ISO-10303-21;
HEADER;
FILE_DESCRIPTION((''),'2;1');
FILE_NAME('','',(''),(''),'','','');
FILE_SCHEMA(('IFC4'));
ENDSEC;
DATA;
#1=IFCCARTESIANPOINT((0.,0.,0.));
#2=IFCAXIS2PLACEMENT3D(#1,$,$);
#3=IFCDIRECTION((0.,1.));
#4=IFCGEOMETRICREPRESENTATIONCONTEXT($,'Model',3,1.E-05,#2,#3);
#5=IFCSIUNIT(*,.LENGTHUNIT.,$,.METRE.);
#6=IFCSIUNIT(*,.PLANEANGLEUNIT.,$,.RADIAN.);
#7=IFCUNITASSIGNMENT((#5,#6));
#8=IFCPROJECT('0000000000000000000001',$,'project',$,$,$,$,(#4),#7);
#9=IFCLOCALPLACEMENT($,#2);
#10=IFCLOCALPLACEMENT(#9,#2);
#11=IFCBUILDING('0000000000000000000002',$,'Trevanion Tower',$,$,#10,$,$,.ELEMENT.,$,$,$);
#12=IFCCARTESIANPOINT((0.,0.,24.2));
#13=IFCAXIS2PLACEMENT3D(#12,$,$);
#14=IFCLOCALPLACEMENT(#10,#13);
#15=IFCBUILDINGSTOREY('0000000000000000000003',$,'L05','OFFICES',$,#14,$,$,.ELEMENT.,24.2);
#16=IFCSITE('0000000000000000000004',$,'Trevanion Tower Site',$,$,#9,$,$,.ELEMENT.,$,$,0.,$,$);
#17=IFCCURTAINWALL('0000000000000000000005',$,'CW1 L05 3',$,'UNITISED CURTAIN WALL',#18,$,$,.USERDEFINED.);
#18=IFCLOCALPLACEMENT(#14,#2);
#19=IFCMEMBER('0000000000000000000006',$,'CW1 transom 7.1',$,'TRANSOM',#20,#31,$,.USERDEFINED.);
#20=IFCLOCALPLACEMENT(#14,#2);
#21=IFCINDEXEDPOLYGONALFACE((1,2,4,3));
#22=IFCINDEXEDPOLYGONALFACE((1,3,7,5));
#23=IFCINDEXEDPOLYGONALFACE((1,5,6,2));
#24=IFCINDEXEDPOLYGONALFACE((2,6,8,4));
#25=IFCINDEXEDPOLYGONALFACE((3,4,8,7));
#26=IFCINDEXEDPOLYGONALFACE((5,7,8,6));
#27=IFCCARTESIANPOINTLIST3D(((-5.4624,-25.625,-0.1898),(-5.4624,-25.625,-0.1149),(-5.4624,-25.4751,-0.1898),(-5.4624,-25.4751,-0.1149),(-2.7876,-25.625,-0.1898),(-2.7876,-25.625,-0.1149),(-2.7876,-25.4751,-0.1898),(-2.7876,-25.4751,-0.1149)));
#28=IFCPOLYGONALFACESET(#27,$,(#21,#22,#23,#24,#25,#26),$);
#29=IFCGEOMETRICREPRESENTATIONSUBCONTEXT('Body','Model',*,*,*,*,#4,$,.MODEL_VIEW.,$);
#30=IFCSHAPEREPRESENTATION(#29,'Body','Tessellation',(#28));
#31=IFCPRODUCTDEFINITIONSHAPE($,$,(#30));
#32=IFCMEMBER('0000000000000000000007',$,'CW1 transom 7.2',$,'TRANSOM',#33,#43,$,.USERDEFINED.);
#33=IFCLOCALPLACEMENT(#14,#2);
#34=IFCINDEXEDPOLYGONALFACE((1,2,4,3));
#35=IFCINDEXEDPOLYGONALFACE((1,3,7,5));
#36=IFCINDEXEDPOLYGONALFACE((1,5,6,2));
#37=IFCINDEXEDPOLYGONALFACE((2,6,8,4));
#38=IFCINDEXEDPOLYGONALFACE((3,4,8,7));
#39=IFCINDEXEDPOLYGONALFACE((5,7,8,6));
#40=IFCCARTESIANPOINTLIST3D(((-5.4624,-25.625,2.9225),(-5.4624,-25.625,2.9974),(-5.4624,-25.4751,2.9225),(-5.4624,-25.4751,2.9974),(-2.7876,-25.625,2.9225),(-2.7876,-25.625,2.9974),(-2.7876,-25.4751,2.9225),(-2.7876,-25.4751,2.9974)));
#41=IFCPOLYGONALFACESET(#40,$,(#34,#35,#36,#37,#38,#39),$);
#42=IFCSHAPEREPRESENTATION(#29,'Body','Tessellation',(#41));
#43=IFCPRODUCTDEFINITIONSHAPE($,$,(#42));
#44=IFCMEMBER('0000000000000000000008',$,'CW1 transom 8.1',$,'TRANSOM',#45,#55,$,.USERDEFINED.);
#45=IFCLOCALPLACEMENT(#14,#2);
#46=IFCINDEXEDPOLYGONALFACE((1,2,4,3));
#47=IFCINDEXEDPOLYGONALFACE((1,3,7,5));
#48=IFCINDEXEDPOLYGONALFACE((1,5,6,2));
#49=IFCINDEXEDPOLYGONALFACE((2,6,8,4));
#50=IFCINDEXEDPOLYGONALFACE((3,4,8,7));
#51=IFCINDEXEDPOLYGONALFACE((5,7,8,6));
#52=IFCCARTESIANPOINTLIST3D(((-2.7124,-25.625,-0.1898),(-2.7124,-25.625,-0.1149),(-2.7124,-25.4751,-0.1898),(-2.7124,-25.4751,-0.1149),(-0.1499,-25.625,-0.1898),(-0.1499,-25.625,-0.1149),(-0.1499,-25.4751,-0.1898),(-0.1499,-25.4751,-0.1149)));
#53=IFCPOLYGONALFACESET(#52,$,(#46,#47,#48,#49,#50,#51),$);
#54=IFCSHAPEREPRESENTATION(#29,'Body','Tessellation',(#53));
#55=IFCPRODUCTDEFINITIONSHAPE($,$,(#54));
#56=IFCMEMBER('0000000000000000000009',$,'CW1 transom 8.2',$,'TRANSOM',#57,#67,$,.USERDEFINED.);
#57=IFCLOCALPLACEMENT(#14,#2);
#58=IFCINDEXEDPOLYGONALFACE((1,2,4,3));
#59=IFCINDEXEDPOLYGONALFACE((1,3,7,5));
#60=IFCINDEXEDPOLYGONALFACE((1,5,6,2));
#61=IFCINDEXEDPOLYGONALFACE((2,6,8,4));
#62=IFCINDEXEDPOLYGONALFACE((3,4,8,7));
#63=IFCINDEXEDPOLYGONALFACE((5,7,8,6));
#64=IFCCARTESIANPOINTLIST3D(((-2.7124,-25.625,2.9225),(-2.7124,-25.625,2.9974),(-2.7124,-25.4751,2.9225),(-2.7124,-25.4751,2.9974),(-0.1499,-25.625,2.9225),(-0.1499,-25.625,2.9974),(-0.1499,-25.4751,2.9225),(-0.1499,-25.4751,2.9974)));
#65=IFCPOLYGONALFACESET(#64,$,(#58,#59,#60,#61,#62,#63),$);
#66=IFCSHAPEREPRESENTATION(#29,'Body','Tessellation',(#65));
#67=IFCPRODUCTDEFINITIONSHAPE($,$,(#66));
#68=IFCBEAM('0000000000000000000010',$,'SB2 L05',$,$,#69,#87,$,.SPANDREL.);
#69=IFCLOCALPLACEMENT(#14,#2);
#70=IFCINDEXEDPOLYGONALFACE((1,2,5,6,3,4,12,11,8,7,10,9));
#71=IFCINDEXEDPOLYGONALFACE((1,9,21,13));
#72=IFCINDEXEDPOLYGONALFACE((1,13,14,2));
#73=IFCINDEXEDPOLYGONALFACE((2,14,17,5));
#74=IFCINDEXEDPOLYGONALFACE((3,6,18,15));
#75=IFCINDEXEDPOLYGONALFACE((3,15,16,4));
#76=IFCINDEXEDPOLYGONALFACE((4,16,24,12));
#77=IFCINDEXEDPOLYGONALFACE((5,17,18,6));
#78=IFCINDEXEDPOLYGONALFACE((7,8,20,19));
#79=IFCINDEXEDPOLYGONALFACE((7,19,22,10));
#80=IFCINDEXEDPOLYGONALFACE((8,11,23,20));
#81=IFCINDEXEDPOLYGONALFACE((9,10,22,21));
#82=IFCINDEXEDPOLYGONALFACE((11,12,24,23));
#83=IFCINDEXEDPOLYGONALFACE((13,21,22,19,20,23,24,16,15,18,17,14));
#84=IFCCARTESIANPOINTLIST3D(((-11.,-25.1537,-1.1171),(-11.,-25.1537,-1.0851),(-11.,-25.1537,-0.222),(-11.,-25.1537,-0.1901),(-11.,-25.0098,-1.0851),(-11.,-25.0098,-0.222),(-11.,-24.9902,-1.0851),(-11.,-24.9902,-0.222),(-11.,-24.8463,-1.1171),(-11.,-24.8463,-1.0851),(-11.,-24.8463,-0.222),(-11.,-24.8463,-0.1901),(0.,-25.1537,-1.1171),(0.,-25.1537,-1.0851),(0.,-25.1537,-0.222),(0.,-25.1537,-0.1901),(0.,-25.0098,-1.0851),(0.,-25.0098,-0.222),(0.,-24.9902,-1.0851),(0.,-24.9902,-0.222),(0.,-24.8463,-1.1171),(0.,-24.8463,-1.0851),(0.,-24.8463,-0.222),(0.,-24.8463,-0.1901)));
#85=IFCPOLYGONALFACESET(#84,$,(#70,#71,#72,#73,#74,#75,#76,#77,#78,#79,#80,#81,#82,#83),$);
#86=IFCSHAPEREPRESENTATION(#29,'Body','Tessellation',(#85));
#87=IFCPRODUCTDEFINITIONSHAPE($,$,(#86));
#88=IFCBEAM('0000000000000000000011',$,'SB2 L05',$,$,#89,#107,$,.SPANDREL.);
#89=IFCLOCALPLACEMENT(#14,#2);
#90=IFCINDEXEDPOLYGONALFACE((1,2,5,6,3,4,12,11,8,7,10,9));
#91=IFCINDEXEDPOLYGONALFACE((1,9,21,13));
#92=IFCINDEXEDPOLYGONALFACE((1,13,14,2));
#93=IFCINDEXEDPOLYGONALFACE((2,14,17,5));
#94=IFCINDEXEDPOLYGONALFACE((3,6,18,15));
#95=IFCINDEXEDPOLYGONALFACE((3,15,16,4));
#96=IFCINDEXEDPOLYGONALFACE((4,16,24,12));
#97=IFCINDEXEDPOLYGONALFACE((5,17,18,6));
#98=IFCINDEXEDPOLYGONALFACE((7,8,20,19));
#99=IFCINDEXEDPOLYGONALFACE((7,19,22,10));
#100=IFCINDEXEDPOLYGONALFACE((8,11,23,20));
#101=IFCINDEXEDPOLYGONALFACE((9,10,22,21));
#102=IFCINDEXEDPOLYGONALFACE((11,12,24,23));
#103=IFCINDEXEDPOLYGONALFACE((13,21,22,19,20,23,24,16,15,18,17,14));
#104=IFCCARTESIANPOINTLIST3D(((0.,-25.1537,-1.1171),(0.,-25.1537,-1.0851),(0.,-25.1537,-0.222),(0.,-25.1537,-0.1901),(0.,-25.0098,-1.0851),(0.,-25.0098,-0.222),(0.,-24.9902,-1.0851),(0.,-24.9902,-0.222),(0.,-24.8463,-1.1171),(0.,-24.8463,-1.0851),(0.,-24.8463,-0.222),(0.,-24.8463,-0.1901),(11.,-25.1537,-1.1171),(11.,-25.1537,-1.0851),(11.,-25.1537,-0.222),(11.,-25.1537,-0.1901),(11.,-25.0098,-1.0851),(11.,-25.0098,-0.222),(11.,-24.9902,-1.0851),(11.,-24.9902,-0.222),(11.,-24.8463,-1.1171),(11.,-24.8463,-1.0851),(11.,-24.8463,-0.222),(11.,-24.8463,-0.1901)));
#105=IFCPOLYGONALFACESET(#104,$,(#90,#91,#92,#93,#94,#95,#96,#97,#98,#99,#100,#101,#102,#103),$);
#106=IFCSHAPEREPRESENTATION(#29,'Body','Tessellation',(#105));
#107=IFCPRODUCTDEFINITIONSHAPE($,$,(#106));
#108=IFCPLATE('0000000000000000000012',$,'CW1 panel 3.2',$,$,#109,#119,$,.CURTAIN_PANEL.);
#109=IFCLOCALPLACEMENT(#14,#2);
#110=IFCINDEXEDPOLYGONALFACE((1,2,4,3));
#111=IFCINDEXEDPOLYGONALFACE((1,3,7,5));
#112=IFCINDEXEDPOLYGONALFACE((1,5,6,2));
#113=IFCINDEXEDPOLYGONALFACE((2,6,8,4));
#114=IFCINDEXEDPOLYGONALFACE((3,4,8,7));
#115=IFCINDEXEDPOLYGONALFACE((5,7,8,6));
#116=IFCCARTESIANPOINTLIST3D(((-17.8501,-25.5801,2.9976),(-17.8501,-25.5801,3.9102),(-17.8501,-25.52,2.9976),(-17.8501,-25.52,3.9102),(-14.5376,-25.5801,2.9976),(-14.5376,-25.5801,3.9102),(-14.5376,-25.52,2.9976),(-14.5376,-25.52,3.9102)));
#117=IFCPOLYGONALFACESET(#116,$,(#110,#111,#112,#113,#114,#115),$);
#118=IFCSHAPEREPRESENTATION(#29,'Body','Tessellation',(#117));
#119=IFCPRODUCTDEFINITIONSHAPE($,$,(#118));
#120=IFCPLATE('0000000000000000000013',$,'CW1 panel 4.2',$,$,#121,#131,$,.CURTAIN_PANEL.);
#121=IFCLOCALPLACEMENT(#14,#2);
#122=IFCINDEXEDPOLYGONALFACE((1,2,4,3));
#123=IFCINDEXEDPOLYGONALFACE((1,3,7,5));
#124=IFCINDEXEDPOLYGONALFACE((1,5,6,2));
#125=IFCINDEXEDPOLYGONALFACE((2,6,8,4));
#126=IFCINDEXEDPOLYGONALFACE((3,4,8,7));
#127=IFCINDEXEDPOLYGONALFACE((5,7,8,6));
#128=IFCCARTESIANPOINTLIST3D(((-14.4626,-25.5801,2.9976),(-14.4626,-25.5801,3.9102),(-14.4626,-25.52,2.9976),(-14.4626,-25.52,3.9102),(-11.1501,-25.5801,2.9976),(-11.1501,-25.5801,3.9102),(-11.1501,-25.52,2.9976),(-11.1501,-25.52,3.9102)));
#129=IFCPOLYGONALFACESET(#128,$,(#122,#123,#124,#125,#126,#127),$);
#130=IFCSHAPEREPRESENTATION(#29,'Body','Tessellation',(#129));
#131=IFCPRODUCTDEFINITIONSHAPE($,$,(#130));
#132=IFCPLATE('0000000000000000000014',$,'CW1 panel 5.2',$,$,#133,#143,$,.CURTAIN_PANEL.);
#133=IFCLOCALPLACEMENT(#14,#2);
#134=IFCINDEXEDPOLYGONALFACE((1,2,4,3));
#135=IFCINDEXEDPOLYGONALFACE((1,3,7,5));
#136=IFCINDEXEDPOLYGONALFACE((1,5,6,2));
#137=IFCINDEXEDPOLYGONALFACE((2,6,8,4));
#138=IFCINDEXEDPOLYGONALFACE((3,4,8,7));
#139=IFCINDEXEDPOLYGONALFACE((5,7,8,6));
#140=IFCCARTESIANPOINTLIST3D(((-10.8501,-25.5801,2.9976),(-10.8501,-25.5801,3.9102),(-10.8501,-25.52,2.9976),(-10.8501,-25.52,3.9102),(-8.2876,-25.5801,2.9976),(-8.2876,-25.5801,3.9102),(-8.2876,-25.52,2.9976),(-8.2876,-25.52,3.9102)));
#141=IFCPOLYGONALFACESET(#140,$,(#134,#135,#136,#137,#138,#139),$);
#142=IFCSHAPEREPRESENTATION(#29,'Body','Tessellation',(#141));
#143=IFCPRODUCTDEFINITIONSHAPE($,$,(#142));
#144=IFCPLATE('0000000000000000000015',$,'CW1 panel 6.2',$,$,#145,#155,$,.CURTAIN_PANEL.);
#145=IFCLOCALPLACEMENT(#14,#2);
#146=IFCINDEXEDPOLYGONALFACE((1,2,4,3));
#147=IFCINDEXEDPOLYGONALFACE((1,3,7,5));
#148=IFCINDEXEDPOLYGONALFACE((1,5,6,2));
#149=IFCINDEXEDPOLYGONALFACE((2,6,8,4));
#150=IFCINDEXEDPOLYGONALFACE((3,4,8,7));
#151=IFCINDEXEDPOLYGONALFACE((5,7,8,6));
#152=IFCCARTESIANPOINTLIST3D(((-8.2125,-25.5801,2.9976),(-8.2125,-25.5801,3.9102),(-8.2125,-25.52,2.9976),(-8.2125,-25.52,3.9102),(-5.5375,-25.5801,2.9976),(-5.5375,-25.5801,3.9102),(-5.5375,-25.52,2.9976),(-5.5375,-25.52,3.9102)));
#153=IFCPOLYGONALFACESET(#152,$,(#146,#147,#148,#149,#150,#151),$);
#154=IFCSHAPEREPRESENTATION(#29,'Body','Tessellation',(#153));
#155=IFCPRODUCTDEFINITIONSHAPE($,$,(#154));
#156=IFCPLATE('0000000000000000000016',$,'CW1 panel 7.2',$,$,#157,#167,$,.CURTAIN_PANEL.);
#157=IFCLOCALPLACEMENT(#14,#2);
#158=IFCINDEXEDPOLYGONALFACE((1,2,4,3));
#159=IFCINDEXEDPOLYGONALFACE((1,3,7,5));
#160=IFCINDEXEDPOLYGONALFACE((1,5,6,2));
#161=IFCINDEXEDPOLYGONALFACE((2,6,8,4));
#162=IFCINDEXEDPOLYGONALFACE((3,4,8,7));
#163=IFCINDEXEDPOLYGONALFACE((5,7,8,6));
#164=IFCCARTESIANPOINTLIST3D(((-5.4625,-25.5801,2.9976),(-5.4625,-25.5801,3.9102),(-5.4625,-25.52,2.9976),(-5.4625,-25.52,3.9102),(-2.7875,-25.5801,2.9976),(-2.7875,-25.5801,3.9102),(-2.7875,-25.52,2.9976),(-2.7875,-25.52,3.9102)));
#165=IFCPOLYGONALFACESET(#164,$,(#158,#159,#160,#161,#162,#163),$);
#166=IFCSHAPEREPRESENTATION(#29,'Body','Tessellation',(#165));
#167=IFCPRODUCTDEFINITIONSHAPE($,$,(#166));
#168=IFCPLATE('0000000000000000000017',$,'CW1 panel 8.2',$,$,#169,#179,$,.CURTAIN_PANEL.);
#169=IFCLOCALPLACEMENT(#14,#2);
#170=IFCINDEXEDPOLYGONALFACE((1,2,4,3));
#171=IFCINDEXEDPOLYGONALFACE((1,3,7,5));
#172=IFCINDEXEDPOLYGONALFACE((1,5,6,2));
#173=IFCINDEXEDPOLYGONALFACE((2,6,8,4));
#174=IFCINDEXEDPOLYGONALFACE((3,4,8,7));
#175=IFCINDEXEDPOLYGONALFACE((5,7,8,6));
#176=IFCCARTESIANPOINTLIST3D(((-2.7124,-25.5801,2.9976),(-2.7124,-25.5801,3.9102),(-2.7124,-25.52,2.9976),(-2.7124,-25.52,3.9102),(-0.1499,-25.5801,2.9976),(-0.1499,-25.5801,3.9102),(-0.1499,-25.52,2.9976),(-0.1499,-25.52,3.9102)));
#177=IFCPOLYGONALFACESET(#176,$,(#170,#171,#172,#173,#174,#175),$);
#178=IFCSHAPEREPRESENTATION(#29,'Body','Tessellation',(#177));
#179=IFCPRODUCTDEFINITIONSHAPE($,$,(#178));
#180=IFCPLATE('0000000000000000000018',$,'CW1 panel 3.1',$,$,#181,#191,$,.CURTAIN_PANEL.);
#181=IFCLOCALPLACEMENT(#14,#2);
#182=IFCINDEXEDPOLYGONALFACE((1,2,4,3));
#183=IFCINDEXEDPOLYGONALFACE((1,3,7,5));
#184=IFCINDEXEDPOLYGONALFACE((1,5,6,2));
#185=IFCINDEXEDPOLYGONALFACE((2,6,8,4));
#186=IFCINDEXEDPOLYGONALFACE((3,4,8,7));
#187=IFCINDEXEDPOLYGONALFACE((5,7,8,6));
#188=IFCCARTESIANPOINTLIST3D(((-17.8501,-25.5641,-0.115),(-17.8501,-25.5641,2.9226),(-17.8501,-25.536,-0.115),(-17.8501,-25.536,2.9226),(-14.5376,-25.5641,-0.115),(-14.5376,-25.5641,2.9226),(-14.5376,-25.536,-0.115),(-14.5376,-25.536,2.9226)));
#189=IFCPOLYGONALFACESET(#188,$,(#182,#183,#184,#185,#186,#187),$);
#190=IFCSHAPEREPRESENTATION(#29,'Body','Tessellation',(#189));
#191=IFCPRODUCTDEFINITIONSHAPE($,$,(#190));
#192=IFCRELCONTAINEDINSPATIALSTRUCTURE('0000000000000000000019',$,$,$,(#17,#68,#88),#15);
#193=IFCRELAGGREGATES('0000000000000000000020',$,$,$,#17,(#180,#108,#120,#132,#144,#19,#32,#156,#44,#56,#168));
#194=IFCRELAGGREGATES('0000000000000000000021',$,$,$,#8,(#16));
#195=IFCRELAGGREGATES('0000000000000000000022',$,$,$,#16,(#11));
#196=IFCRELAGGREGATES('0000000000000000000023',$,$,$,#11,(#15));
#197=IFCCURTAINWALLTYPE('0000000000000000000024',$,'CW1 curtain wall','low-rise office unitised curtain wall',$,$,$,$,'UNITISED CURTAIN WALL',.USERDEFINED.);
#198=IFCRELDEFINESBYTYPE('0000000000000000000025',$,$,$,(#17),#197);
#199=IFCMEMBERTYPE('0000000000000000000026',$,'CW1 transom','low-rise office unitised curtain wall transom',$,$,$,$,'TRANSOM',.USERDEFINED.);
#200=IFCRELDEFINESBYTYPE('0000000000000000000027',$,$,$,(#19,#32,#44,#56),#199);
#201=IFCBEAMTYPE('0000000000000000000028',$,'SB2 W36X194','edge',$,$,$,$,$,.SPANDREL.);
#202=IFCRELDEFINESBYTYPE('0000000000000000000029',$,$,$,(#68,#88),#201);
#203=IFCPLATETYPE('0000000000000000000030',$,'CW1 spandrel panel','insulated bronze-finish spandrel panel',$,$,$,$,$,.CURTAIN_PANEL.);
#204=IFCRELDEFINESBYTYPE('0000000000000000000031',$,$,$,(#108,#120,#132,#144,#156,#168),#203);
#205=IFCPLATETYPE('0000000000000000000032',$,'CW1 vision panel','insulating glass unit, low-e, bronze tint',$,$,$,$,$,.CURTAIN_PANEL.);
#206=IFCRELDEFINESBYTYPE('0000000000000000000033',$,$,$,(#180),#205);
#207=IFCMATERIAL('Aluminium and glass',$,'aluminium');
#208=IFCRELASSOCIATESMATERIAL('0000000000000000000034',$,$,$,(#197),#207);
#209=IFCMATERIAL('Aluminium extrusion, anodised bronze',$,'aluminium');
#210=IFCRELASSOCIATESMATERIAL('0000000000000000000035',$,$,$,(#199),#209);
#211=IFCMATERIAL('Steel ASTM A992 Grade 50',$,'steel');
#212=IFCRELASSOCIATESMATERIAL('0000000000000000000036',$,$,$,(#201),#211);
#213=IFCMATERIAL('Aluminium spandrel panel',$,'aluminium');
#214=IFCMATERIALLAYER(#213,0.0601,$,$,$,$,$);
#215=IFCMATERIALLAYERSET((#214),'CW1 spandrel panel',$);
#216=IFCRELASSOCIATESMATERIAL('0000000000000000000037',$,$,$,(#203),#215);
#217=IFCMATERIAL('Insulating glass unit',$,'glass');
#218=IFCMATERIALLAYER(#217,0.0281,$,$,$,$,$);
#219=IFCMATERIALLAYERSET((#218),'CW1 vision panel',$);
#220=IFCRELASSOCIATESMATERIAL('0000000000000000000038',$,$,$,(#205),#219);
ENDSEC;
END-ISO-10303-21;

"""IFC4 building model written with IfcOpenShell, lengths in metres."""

from ifc_helpers import new_model, si_unit, direction, frame, origin, origin_2d, place, context, subcontext, project, spatial, rectangle, i_section, extrude, material, layer, layer_set, material_profile, profile_set, type_object, element, aggregate, save


model = new_model("IFC4")

# Units and contexts
model_context = context("Model", 3, precision=1e-05, world=origin(), true_north=direction((0.0, 1.0)))
body_context = subcontext(model_context, "Body", "Model", "MODEL_VIEW")
ifc_project = project(units=[si_unit("LENGTHUNIT", "METRE"), si_unit("PLANEANGLEUNIT", "RADIAN")], contexts=[model_context])

# Site, building, storey
site_placement = place(None, origin())
site = spatial("IfcSite", under=ifc_project, at=site_placement, Name="Trevanion Tower Site", CompositionType="ELEMENT", RefElevation=0.0)
building_placement = place(site_placement, origin())
building = spatial("IfcBuilding", under=site, at=building_placement, Name="Trevanion Tower", CompositionType="ELEMENT")
storey_placement = place(building_placement, frame((0.0, 0.0, 24.2)))
storey = spatial("IfcBuildingStorey", under=building, at=storey_placement, Name="L05", Description="OFFICES", CompositionType="ELEMENT", Elevation=24.2)

# Curtain wall, members
ifc_material_1 = material(Name="Aluminium and glass", Category="aluminium")
curtain_wall_type = type_object("IfcCurtainWallType", Name="CW1 curtain wall", Description="low-rise office unitised curtain wall", ElementType="UNITISED CURTAIN WALL", PredefinedType="USERDEFINED", material=ifc_material_1)
curtain_wall_placement = place(storey_placement, origin())
curtain_wall = element("IfcCurtainWall", 1, at=curtain_wall_placement, inside=storey, type_object=curtain_wall_type, Name="CW1 L05 3", ObjectType="UNITISED CURTAIN WALL", PredefinedType="USERDEFINED")
ifc_material_2 = material(Name="Aluminium extrusion, anodised bronze", Category="aluminium")
ifc_material_profile_1 = material_profile(ifc_material_2, rectangle(XDim=0.1499, YDim=0.075, at=origin_2d()), Name="CW1 transom")
ifc_profile_set_1 = profile_set([ifc_material_profile_1], Name="Aluminium extrusion, anodised bronze")
member_type_1 = type_object("IfcMemberType", Name="CW1 transom", Description="low-rise office unitised curtain wall transom", ElementType="TRANSOM", PredefinedType="USERDEFINED", material=ifc_profile_set_1)
member_1_placement = place(storey_placement, frame((-5.4624, -25.55, -0.1523), z_axis=(1.0, 0.0, 0.0), x_axis=(0.0, 1.0, 0.0)))
member_1 = element("IfcMember", 2, at=member_1_placement, type_object=member_type_1, Name="CW1 transom 7.1", ObjectType="TRANSOM", PredefinedType="USERDEFINED", context=body_context, shape_type="SweptSolid", body=[
    extrude(rectangle(XDim=0.1499, YDim=0.075, at=origin_2d()), origin(), (0.0, 0.0, 1.0), 2.6748),
])
member_2_placement = place(storey_placement, frame((-5.4624, -25.55, 2.96), z_axis=(1.0, 0.0, 0.0), x_axis=(0.0, 1.0, 0.0)))
member_2 = element("IfcMember", 3, at=member_2_placement, type_object=member_type_1, Name="CW1 transom 7.2", ObjectType="TRANSOM", PredefinedType="USERDEFINED", context=body_context, shape_type="SweptSolid", body=[
    extrude(rectangle(XDim=0.1499, YDim=0.075, at=origin_2d()), origin(), (0.0, 0.0, 1.0), 2.6748),
])
member_3_placement = place(storey_placement, frame((-2.7124, -25.55, -0.1523), z_axis=(1.0, 0.0, 0.0), x_axis=(0.0, 1.0, 0.0)))
member_3 = element("IfcMember", 4, at=member_3_placement, type_object=member_type_1, Name="CW1 transom 8.1", ObjectType="TRANSOM", PredefinedType="USERDEFINED", context=body_context, shape_type="SweptSolid", body=[
    extrude(rectangle(XDim=0.1499, YDim=0.075, at=origin_2d()), origin(), (0.0, 0.0, 1.0), 2.5625),
])
member_4_placement = place(storey_placement, frame((-2.7124, -25.55, 2.96), z_axis=(1.0, 0.0, 0.0), x_axis=(0.0, 1.0, 0.0)))
member_4 = element("IfcMember", 5, at=member_4_placement, type_object=member_type_1, Name="CW1 transom 8.2", ObjectType="TRANSOM", PredefinedType="USERDEFINED", context=body_context, shape_type="SweptSolid", body=[
    extrude(rectangle(XDim=0.1499, YDim=0.075, at=origin_2d()), origin(), (0.0, 0.0, 1.0), 2.5625),
])

# Beams
ifc_material_3 = material(Name="Steel ASTM A992 Grade 50", Category="steel")
ifc_material_profile_2 = material_profile(ifc_material_3, i_section(OverallWidth=0.3074, OverallDepth=0.927, WebThickness=0.0195, FlangeThickness=0.032, at=origin_2d()), Name="W36X194")
ifc_profile_set_2 = profile_set([ifc_material_profile_2], Name="Steel ASTM A992 Grade 50")
beam_type = type_object("IfcBeamType", Name="SB2 W36X194", Description="edge", PredefinedType="SPANDREL", material=ifc_profile_set_2)
for number, where, z_axis, x_axis, name in (
    (6, (-11.0, -25.0, -0.6536), (1.0, 0.0, 0.0), (0.0, 1.0, 0.0), "SB2 L05"),
    (7, (0.0, -25.0, -0.6536), (1.0, 0.0, 0.0), (0.0, 1.0, 0.0), "SB2 L05"),
):
    element("IfcBeam", number, at=place(storey_placement, frame(where, z_axis=z_axis, x_axis=x_axis)), inside=storey, type_object=beam_type, Name=name, PredefinedType="SPANDREL", context=body_context, shape_type="SweptSolid", body=[
        extrude(i_section(OverallWidth=0.3074, OverallDepth=0.927, WebThickness=0.0195, FlangeThickness=0.032, at=origin_2d()), origin(), (0.0, 0.0, 1.0), 11.0),
    ])

# Plates
ifc_material_4 = material(Name="Aluminium spandrel panel", Category="aluminium")
ifc_layer_1 = layer(ifc_material_4, 0.0601)
ifc_layer_set_1 = layer_set([ifc_layer_1], Name="CW1 spandrel panel")
plate_type_1 = type_object("IfcPlateType", Name="CW1 spandrel panel", Description="insulated bronze-finish spandrel panel", PredefinedType="CURTAIN_PANEL", material=ifc_layer_set_1)
plate_1_placement = place(storey_placement, frame((-16.1938, -25.55, 2.9976), z_axis=(0.0, 0.0, 1.0), x_axis=(1.0, 0.0, 0.0)))
plate_1 = element("IfcPlate", 8, at=plate_1_placement, type_object=plate_type_1, Name="CW1 panel 3.2", PredefinedType="CURTAIN_PANEL", context=body_context, shape_type="SweptSolid", body=[
    extrude(rectangle(XDim=3.3125, YDim=0.0601, at=origin_2d()), origin(), (0.0, 0.0, 1.0), 0.9126),
])
plate_2_placement = place(storey_placement, frame((-12.8064, -25.55, 2.9976), z_axis=(0.0, 0.0, 1.0), x_axis=(1.0, 0.0, 0.0)))
plate_2 = element("IfcPlate", 9, at=plate_2_placement, type_object=plate_type_1, Name="CW1 panel 4.2", PredefinedType="CURTAIN_PANEL", context=body_context, shape_type="SweptSolid", body=[
    extrude(rectangle(XDim=3.3125, YDim=0.0601, at=origin_2d()), origin(), (0.0, 0.0, 1.0), 0.9126),
])
plate_3_placement = place(storey_placement, frame((-9.5688, -25.55, 2.9976), z_axis=(0.0, 0.0, 1.0), x_axis=(1.0, 0.0, 0.0)))
plate_3 = element("IfcPlate", 10, at=plate_3_placement, type_object=plate_type_1, Name="CW1 panel 5.2", PredefinedType="CURTAIN_PANEL", context=body_context, shape_type="SweptSolid", body=[
    extrude(rectangle(XDim=2.5625, YDim=0.0601, at=origin_2d()), origin(), (0.0, 0.0, 1.0), 0.9126),
])
plate_4_placement = place(storey_placement, frame((-6.875, -25.55, 2.9976), z_axis=(0.0, 0.0, 1.0), x_axis=(1.0, 0.0, 0.0)))
plate_4 = element("IfcPlate", 11, at=plate_4_placement, type_object=plate_type_1, Name="CW1 panel 6.2", PredefinedType="CURTAIN_PANEL", context=body_context, shape_type="SweptSolid", body=[
    extrude(rectangle(XDim=2.675, YDim=0.0601, at=origin_2d()), origin(), (0.0, 0.0, 1.0), 0.9126),
])
plate_5_placement = place(storey_placement, frame((-4.125, -25.55, 2.9976), z_axis=(0.0, 0.0, 1.0), x_axis=(1.0, 0.0, 0.0)))
plate_5 = element("IfcPlate", 12, at=plate_5_placement, type_object=plate_type_1, Name="CW1 panel 7.2", PredefinedType="CURTAIN_PANEL", context=body_context, shape_type="SweptSolid", body=[
    extrude(rectangle(XDim=2.675, YDim=0.0601, at=origin_2d()), origin(), (0.0, 0.0, 1.0), 0.9126),
])
plate_6_placement = place(storey_placement, frame((-1.4312, -25.55, 2.9976), z_axis=(0.0, 0.0, 1.0), x_axis=(1.0, 0.0, 0.0)))
plate_6 = element("IfcPlate", 13, at=plate_6_placement, type_object=plate_type_1, Name="CW1 panel 8.2", PredefinedType="CURTAIN_PANEL", context=body_context, shape_type="SweptSolid", body=[
    extrude(rectangle(XDim=2.5625, YDim=0.0601, at=origin_2d()), origin(), (0.0, 0.0, 1.0), 0.9126),
])
ifc_material_5 = material(Name="Insulating glass unit", Category="glass")
ifc_layer_2 = layer(ifc_material_5, 0.0281)
ifc_layer_set_2 = layer_set([ifc_layer_2], Name="CW1 vision panel")
plate_type_2 = type_object("IfcPlateType", Name="CW1 vision panel", Description="insulating glass unit, low-e, bronze tint", PredefinedType="CURTAIN_PANEL", material=ifc_layer_set_2)
plate_7_placement = place(storey_placement, frame((-16.1938, -25.55, -0.115), z_axis=(0.0, 0.0, 1.0), x_axis=(1.0, 0.0, 0.0)))
plate_7 = element("IfcPlate", 14, at=plate_7_placement, type_object=plate_type_2, Name="CW1 panel 3.1", PredefinedType="CURTAIN_PANEL", context=body_context, shape_type="SweptSolid", body=[
    extrude(rectangle(XDim=3.3125, YDim=0.0281, at=origin_2d()), origin(), (0.0, 0.0, 1.0), 3.0376),
])
aggregate(curtain_wall, [plate_7, plate_1, plate_2, plate_3, plate_4, member_1, member_2, plate_5, member_3, member_4, plate_6])

save(model, "model.ifc")
